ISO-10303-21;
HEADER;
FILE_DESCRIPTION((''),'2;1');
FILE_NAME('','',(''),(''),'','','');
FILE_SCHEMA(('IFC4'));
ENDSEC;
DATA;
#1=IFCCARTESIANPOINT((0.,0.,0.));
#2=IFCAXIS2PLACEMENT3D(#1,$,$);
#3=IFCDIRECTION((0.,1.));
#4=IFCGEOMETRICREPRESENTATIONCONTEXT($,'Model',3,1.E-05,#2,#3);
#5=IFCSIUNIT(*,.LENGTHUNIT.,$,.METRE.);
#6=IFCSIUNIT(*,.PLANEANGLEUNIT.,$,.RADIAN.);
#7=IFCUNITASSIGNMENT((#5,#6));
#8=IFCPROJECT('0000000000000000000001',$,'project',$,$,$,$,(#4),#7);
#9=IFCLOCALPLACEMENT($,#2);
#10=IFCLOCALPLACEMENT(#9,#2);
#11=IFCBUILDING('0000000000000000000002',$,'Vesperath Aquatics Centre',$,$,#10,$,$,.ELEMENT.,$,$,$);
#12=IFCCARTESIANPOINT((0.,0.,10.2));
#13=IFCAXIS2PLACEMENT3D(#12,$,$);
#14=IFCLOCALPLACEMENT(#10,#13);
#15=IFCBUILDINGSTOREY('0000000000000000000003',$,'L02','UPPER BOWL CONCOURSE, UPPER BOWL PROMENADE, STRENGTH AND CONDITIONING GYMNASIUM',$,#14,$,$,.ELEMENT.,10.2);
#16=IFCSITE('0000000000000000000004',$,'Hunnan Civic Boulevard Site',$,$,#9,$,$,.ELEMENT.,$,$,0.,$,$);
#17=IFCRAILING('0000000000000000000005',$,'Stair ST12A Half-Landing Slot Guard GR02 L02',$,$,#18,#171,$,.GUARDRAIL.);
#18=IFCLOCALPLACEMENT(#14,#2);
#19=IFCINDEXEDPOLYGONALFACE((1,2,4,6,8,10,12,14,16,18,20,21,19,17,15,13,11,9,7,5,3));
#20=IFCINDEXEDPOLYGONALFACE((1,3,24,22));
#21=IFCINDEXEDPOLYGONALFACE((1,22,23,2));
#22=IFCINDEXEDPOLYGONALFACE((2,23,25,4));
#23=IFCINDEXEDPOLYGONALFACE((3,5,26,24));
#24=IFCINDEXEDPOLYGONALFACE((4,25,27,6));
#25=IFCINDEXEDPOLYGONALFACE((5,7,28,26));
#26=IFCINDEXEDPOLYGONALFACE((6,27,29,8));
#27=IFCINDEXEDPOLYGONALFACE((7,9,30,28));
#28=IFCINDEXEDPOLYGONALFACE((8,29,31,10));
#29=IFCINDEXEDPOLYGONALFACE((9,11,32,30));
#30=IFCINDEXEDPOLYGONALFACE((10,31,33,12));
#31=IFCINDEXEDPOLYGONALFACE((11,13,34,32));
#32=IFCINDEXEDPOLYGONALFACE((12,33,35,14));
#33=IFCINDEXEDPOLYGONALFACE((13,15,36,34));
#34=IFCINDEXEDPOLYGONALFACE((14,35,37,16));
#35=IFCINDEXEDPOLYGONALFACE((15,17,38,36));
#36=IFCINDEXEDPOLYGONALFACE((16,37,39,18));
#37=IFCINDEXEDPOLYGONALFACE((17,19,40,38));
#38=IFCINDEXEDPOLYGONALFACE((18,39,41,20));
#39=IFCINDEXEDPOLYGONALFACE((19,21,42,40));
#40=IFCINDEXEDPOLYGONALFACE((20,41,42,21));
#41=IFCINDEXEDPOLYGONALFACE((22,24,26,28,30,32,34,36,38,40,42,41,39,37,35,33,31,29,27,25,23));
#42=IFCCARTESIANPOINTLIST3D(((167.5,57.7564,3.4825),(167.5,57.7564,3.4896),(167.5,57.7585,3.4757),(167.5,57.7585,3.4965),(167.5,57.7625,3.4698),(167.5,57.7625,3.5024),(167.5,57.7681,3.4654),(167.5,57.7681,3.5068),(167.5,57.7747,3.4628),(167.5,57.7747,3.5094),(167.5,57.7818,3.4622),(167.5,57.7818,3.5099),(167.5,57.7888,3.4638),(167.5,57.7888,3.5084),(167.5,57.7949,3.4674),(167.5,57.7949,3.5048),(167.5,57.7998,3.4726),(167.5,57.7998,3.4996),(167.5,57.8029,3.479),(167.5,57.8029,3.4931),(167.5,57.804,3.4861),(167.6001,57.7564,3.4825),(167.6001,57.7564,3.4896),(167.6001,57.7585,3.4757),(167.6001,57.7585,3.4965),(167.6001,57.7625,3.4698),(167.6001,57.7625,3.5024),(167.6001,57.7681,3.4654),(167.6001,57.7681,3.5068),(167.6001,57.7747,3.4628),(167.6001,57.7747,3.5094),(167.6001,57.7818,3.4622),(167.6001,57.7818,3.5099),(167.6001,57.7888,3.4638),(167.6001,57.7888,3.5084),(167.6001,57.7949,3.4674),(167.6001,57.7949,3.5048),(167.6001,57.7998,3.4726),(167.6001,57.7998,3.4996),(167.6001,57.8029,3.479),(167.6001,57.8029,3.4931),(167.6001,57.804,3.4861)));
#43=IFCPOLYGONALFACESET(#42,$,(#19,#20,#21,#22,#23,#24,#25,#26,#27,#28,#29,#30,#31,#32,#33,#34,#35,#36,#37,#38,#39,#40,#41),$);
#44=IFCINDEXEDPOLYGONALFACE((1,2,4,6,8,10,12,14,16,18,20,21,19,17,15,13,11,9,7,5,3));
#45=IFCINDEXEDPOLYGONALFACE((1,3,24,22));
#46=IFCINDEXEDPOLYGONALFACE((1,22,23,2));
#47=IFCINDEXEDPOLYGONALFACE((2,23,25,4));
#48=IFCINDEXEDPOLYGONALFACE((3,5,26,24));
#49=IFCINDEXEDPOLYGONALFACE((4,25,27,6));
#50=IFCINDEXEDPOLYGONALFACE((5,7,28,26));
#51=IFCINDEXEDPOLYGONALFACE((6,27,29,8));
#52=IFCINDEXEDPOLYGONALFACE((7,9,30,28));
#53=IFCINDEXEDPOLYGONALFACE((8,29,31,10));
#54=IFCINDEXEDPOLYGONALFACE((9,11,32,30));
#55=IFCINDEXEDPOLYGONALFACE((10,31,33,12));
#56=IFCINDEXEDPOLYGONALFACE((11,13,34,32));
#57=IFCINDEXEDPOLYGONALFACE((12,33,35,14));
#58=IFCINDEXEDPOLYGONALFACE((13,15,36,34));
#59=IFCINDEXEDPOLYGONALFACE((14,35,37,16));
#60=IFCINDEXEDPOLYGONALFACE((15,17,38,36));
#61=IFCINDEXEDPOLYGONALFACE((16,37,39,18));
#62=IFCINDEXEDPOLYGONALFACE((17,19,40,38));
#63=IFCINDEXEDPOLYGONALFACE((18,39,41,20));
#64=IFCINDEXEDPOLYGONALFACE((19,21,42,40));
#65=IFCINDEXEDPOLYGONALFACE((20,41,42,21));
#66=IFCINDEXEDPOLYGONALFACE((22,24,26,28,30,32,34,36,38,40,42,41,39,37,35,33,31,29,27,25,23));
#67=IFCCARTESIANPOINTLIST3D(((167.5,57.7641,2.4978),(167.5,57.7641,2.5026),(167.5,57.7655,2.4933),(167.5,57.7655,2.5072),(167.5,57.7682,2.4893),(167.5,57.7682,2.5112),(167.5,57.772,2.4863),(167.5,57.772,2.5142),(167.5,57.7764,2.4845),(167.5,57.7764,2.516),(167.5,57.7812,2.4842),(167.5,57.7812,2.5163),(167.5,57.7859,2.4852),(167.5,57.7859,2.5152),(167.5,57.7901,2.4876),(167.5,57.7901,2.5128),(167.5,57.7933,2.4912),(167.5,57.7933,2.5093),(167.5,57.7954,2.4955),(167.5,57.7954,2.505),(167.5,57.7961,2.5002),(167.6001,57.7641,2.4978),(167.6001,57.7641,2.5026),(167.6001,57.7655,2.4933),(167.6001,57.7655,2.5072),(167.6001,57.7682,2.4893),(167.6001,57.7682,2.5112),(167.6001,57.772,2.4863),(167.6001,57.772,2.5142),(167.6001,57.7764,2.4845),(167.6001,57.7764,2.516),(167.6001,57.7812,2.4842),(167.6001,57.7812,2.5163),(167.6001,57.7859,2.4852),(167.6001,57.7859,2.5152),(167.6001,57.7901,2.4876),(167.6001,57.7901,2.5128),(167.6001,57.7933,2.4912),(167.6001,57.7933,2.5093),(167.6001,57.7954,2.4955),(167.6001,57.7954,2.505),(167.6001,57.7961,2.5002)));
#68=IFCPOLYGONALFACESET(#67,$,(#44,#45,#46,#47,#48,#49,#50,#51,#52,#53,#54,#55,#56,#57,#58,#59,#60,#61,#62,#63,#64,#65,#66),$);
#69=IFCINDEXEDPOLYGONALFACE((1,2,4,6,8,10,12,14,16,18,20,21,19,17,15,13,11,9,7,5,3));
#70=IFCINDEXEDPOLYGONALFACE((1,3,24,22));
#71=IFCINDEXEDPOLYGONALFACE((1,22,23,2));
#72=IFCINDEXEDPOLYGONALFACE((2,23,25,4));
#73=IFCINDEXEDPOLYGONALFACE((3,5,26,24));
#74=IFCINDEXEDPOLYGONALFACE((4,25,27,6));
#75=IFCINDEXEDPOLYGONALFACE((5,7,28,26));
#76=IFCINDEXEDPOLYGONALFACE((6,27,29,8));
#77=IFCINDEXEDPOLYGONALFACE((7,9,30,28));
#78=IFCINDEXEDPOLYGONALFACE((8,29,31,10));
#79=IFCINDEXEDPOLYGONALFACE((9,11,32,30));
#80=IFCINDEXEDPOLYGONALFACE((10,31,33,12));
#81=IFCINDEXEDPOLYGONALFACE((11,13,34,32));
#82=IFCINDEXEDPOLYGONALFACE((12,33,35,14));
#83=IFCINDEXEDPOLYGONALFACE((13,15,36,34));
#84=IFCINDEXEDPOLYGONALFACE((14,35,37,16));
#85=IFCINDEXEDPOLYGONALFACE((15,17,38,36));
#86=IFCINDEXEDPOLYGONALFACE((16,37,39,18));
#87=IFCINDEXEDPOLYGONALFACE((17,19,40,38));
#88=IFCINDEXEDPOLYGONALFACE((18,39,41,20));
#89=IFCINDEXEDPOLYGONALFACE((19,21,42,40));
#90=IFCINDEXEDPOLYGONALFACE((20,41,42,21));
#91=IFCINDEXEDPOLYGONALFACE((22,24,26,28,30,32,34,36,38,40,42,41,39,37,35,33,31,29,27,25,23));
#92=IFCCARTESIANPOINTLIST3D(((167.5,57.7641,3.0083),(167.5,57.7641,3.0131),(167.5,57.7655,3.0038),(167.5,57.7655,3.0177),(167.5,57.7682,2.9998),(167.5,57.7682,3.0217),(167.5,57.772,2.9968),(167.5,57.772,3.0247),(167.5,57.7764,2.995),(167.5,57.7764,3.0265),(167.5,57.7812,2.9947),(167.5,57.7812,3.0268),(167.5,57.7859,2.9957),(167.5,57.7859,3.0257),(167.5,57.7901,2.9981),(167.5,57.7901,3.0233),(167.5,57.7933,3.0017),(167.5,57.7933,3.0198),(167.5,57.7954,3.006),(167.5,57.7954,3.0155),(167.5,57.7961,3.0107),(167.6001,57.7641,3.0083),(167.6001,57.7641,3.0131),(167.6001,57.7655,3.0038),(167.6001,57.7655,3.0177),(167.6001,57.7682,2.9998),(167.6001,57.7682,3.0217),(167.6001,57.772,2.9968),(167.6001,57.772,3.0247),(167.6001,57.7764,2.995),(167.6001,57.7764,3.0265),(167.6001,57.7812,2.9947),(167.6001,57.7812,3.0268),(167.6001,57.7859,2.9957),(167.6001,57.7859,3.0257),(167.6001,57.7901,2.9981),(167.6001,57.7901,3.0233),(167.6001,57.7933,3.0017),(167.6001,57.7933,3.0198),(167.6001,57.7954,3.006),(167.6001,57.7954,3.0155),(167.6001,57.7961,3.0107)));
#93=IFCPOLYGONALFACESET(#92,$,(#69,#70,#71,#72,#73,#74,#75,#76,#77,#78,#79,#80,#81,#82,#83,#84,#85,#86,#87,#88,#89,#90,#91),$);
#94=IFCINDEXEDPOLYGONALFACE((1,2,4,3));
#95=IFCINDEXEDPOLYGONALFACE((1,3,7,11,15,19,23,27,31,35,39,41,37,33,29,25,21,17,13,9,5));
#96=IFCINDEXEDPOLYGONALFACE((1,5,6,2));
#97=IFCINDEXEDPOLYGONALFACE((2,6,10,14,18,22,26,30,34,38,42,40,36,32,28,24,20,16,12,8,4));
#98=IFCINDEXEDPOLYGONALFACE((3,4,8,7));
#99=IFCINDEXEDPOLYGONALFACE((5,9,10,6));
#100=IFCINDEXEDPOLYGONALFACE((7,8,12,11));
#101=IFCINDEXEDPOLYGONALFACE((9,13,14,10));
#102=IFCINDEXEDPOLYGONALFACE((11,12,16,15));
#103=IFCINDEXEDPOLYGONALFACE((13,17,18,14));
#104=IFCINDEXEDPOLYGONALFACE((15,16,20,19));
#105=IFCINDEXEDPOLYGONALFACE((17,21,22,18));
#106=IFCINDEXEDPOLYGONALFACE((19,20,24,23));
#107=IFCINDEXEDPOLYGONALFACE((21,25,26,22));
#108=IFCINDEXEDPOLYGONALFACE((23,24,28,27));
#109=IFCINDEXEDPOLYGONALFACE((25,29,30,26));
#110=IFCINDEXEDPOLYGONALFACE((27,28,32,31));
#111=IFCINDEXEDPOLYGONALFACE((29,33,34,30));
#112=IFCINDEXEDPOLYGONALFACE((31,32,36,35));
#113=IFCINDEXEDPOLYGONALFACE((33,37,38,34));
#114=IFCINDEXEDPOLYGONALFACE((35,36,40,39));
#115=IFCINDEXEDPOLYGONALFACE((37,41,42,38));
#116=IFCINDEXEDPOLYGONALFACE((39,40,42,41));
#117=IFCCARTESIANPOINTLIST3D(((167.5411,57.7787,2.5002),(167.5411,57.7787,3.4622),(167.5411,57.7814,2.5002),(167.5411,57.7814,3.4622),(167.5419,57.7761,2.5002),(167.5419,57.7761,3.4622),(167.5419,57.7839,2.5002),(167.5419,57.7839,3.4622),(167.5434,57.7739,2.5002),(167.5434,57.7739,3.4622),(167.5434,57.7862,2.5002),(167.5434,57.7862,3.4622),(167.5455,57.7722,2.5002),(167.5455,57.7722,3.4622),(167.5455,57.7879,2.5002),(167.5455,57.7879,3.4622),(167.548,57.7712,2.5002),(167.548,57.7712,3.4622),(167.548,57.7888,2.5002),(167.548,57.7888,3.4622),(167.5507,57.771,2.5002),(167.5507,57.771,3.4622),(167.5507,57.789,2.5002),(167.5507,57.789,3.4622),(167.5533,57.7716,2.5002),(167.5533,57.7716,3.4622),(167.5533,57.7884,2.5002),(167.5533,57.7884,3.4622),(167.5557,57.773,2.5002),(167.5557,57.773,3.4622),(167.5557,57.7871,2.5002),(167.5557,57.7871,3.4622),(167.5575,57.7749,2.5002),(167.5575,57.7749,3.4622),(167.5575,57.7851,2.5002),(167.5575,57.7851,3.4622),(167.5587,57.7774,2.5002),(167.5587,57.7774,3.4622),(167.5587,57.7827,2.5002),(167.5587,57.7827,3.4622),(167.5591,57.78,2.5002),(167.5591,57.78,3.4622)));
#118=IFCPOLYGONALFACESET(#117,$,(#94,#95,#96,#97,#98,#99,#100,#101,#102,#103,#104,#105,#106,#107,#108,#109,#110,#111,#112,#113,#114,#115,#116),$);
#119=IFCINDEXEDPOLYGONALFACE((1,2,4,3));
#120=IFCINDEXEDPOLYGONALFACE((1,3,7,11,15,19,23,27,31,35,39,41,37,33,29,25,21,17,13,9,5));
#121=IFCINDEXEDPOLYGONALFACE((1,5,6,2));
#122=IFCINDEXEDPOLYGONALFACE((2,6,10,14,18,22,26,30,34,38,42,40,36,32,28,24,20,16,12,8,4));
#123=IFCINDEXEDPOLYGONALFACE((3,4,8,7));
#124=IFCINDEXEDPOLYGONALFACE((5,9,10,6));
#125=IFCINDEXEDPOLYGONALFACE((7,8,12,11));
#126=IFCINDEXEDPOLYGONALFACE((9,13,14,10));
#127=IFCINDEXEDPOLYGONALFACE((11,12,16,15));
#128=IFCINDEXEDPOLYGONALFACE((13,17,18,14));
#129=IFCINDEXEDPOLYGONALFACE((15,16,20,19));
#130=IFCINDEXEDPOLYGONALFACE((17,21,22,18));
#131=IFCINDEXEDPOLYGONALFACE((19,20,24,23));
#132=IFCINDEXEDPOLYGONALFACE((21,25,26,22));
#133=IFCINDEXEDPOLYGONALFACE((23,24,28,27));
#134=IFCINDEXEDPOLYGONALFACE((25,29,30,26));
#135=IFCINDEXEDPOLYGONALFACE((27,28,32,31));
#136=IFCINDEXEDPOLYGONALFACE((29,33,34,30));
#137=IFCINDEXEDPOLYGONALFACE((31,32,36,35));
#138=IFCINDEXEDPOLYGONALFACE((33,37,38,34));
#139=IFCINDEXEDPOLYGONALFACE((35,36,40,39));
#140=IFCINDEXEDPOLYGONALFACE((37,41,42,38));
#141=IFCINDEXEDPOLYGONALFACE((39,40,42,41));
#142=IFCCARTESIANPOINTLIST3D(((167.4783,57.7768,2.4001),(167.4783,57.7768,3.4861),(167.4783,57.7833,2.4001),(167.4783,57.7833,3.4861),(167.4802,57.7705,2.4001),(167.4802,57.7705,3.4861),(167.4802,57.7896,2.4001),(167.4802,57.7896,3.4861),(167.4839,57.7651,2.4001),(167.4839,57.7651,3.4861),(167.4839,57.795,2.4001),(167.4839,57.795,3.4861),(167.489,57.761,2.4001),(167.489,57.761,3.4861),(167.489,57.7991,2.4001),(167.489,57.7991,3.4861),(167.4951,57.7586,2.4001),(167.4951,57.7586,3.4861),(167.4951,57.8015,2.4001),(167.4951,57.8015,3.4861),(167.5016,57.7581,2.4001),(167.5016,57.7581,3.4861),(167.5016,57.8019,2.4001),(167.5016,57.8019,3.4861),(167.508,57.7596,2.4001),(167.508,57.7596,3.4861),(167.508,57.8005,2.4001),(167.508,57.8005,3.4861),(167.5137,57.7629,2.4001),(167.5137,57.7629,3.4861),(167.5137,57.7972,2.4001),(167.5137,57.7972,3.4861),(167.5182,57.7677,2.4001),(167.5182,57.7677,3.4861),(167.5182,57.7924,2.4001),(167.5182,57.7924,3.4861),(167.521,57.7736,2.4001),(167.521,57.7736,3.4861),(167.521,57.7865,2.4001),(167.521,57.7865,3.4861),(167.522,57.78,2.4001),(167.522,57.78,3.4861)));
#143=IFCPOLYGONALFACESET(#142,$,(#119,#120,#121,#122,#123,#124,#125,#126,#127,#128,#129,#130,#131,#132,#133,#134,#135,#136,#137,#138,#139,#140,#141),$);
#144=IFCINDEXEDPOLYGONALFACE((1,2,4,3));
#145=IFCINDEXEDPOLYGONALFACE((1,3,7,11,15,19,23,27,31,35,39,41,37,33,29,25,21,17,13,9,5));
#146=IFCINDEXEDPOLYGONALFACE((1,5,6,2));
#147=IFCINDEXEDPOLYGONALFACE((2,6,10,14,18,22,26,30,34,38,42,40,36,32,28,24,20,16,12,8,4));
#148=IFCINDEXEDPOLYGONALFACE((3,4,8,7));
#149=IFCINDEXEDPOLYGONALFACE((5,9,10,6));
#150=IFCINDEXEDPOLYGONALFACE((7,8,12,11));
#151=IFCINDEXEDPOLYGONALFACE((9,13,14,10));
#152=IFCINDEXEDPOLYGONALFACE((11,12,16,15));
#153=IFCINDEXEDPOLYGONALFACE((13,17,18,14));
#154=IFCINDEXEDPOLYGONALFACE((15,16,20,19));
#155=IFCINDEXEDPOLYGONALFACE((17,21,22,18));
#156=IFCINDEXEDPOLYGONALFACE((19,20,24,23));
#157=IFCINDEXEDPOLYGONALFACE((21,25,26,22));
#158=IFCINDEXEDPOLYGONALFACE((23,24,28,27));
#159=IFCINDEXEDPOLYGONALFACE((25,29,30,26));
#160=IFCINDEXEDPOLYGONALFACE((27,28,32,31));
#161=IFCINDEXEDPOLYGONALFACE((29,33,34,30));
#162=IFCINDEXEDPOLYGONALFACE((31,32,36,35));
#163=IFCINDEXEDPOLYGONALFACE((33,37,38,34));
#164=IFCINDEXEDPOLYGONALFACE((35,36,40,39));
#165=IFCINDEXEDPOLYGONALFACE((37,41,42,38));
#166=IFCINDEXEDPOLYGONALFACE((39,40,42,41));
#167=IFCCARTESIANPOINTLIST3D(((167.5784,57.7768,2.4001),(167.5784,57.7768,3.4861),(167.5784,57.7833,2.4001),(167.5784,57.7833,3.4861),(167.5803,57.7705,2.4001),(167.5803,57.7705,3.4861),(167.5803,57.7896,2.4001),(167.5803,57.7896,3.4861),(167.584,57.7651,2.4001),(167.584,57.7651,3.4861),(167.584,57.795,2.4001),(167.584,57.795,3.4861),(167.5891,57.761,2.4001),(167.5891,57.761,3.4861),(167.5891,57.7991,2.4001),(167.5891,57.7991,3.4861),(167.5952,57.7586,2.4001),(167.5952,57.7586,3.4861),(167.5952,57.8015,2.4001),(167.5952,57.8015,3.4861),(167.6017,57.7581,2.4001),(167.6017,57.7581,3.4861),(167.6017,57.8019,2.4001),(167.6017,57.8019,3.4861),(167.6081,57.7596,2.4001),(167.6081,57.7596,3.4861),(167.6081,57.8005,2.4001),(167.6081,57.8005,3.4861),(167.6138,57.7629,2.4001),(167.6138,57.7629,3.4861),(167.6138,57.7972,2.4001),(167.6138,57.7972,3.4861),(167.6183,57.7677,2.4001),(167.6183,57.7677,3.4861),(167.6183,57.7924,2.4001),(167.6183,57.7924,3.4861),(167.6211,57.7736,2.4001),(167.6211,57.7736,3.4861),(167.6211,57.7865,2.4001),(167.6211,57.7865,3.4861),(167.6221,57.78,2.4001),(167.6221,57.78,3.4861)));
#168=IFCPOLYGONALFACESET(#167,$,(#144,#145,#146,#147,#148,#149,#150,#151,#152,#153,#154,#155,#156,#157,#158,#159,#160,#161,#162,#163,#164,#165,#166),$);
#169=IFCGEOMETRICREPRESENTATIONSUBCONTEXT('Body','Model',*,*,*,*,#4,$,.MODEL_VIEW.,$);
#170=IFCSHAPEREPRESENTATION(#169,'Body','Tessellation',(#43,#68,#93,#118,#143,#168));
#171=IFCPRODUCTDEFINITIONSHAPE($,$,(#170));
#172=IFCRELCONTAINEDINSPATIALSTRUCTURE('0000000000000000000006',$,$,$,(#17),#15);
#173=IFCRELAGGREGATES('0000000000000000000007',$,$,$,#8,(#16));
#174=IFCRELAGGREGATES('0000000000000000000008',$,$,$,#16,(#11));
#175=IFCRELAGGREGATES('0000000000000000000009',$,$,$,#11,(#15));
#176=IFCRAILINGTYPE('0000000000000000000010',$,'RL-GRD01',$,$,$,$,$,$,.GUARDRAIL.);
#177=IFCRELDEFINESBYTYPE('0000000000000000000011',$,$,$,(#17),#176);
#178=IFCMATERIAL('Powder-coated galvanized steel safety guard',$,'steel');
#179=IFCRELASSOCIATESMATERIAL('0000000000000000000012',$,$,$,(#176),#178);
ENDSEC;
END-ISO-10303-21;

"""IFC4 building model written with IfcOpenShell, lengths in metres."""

from ifc_helpers import new_model, si_unit, direction, frame, origin, origin_2d, place, context, subcontext, project, spatial, circle, extrude, material, type_object, element, save


model = new_model("IFC4")

# Units and contexts
model_context = context("Model", 3, precision=1e-05, world=origin(), true_north=direction((0.0, 1.0)))
body_context = subcontext(model_context, "Body", "Model", "MODEL_VIEW")
ifc_project = project(units=[si_unit("LENGTHUNIT", "METRE"), si_unit("PLANEANGLEUNIT", "RADIAN")], contexts=[model_context])

# Site, building, storey
site_placement = place(None, origin())
site = spatial("IfcSite", under=ifc_project, at=site_placement, Name="Hunnan Civic Boulevard Site", CompositionType="ELEMENT", RefElevation=0.0)
building_placement = place(site_placement, origin())
building = spatial("IfcBuilding", under=site, at=building_placement, Name="Vesperath Aquatics Centre", CompositionType="ELEMENT")
storey_placement = place(building_placement, frame((0.0, 0.0, 10.2)))
storey = spatial("IfcBuildingStorey", under=building, at=storey_placement, Name="L02", Description="UPPER BOWL CONCOURSE, UPPER BOWL PROMENADE, STRENGTH AND CONDITIONING GYMNASIUM", CompositionType="ELEMENT", Elevation=10.2)

# Railing
ifc_material_1 = material(Name="Powder-coated galvanized steel safety guard", Category="steel")
railing_type_1 = type_object("IfcRailingType", Name="RL-GRD01", PredefinedType="GUARDRAIL", material=ifc_material_1)
railing_1_placement = place(storey_placement, frame((167.5, 57.78, 2.4001)))
element("IfcRailing", 1, at=railing_1_placement, inside=storey, type_object=railing_type_1, Name="Stair ST12A Half-Landing Slot Guard GR02 L02", PredefinedType="GUARDRAIL", context=body_context, shape_type="SweptSolid", body=[
    extrude(circle(Radius=0.0239, at=origin_2d()), frame((0.0, 0.0, 1.0859), z_axis=(1.0, 0.0, 0.0), x_axis=(0.0, 1.0, 0.0)), (0.0, 0.0, 1.0), 0.1001),
    extrude(circle(Radius=0.0161, at=origin_2d()), frame((0.0, 0.0, 0.1001), z_axis=(1.0, 0.0, 0.0), x_axis=(0.0, 1.0, 0.0)), (0.0, 0.0, 1.0), 0.1001),
    extrude(circle(Radius=0.0161, at=origin_2d()), frame((0.0, 0.0, 0.6106), z_axis=(1.0, 0.0, 0.0), x_axis=(0.0, 1.0, 0.0)), (0.0, 0.0, 1.0), 0.1001),
    extrude(circle(Radius=0.009, at=origin_2d()), frame((0.05, 0.0, 0.1001)), (0.0, 0.0, 1.0), 0.9619),
    extrude(circle(Radius=0.022, at=origin_2d()), origin(), (0.0, 0.0, 1.0), 1.0859),
    extrude(circle(Radius=0.022, at=origin_2d()), frame((0.1001, 0.0, 0.0)), (0.0, 0.0, 1.0), 1.0859),
])

save(model, "model.ifc")
